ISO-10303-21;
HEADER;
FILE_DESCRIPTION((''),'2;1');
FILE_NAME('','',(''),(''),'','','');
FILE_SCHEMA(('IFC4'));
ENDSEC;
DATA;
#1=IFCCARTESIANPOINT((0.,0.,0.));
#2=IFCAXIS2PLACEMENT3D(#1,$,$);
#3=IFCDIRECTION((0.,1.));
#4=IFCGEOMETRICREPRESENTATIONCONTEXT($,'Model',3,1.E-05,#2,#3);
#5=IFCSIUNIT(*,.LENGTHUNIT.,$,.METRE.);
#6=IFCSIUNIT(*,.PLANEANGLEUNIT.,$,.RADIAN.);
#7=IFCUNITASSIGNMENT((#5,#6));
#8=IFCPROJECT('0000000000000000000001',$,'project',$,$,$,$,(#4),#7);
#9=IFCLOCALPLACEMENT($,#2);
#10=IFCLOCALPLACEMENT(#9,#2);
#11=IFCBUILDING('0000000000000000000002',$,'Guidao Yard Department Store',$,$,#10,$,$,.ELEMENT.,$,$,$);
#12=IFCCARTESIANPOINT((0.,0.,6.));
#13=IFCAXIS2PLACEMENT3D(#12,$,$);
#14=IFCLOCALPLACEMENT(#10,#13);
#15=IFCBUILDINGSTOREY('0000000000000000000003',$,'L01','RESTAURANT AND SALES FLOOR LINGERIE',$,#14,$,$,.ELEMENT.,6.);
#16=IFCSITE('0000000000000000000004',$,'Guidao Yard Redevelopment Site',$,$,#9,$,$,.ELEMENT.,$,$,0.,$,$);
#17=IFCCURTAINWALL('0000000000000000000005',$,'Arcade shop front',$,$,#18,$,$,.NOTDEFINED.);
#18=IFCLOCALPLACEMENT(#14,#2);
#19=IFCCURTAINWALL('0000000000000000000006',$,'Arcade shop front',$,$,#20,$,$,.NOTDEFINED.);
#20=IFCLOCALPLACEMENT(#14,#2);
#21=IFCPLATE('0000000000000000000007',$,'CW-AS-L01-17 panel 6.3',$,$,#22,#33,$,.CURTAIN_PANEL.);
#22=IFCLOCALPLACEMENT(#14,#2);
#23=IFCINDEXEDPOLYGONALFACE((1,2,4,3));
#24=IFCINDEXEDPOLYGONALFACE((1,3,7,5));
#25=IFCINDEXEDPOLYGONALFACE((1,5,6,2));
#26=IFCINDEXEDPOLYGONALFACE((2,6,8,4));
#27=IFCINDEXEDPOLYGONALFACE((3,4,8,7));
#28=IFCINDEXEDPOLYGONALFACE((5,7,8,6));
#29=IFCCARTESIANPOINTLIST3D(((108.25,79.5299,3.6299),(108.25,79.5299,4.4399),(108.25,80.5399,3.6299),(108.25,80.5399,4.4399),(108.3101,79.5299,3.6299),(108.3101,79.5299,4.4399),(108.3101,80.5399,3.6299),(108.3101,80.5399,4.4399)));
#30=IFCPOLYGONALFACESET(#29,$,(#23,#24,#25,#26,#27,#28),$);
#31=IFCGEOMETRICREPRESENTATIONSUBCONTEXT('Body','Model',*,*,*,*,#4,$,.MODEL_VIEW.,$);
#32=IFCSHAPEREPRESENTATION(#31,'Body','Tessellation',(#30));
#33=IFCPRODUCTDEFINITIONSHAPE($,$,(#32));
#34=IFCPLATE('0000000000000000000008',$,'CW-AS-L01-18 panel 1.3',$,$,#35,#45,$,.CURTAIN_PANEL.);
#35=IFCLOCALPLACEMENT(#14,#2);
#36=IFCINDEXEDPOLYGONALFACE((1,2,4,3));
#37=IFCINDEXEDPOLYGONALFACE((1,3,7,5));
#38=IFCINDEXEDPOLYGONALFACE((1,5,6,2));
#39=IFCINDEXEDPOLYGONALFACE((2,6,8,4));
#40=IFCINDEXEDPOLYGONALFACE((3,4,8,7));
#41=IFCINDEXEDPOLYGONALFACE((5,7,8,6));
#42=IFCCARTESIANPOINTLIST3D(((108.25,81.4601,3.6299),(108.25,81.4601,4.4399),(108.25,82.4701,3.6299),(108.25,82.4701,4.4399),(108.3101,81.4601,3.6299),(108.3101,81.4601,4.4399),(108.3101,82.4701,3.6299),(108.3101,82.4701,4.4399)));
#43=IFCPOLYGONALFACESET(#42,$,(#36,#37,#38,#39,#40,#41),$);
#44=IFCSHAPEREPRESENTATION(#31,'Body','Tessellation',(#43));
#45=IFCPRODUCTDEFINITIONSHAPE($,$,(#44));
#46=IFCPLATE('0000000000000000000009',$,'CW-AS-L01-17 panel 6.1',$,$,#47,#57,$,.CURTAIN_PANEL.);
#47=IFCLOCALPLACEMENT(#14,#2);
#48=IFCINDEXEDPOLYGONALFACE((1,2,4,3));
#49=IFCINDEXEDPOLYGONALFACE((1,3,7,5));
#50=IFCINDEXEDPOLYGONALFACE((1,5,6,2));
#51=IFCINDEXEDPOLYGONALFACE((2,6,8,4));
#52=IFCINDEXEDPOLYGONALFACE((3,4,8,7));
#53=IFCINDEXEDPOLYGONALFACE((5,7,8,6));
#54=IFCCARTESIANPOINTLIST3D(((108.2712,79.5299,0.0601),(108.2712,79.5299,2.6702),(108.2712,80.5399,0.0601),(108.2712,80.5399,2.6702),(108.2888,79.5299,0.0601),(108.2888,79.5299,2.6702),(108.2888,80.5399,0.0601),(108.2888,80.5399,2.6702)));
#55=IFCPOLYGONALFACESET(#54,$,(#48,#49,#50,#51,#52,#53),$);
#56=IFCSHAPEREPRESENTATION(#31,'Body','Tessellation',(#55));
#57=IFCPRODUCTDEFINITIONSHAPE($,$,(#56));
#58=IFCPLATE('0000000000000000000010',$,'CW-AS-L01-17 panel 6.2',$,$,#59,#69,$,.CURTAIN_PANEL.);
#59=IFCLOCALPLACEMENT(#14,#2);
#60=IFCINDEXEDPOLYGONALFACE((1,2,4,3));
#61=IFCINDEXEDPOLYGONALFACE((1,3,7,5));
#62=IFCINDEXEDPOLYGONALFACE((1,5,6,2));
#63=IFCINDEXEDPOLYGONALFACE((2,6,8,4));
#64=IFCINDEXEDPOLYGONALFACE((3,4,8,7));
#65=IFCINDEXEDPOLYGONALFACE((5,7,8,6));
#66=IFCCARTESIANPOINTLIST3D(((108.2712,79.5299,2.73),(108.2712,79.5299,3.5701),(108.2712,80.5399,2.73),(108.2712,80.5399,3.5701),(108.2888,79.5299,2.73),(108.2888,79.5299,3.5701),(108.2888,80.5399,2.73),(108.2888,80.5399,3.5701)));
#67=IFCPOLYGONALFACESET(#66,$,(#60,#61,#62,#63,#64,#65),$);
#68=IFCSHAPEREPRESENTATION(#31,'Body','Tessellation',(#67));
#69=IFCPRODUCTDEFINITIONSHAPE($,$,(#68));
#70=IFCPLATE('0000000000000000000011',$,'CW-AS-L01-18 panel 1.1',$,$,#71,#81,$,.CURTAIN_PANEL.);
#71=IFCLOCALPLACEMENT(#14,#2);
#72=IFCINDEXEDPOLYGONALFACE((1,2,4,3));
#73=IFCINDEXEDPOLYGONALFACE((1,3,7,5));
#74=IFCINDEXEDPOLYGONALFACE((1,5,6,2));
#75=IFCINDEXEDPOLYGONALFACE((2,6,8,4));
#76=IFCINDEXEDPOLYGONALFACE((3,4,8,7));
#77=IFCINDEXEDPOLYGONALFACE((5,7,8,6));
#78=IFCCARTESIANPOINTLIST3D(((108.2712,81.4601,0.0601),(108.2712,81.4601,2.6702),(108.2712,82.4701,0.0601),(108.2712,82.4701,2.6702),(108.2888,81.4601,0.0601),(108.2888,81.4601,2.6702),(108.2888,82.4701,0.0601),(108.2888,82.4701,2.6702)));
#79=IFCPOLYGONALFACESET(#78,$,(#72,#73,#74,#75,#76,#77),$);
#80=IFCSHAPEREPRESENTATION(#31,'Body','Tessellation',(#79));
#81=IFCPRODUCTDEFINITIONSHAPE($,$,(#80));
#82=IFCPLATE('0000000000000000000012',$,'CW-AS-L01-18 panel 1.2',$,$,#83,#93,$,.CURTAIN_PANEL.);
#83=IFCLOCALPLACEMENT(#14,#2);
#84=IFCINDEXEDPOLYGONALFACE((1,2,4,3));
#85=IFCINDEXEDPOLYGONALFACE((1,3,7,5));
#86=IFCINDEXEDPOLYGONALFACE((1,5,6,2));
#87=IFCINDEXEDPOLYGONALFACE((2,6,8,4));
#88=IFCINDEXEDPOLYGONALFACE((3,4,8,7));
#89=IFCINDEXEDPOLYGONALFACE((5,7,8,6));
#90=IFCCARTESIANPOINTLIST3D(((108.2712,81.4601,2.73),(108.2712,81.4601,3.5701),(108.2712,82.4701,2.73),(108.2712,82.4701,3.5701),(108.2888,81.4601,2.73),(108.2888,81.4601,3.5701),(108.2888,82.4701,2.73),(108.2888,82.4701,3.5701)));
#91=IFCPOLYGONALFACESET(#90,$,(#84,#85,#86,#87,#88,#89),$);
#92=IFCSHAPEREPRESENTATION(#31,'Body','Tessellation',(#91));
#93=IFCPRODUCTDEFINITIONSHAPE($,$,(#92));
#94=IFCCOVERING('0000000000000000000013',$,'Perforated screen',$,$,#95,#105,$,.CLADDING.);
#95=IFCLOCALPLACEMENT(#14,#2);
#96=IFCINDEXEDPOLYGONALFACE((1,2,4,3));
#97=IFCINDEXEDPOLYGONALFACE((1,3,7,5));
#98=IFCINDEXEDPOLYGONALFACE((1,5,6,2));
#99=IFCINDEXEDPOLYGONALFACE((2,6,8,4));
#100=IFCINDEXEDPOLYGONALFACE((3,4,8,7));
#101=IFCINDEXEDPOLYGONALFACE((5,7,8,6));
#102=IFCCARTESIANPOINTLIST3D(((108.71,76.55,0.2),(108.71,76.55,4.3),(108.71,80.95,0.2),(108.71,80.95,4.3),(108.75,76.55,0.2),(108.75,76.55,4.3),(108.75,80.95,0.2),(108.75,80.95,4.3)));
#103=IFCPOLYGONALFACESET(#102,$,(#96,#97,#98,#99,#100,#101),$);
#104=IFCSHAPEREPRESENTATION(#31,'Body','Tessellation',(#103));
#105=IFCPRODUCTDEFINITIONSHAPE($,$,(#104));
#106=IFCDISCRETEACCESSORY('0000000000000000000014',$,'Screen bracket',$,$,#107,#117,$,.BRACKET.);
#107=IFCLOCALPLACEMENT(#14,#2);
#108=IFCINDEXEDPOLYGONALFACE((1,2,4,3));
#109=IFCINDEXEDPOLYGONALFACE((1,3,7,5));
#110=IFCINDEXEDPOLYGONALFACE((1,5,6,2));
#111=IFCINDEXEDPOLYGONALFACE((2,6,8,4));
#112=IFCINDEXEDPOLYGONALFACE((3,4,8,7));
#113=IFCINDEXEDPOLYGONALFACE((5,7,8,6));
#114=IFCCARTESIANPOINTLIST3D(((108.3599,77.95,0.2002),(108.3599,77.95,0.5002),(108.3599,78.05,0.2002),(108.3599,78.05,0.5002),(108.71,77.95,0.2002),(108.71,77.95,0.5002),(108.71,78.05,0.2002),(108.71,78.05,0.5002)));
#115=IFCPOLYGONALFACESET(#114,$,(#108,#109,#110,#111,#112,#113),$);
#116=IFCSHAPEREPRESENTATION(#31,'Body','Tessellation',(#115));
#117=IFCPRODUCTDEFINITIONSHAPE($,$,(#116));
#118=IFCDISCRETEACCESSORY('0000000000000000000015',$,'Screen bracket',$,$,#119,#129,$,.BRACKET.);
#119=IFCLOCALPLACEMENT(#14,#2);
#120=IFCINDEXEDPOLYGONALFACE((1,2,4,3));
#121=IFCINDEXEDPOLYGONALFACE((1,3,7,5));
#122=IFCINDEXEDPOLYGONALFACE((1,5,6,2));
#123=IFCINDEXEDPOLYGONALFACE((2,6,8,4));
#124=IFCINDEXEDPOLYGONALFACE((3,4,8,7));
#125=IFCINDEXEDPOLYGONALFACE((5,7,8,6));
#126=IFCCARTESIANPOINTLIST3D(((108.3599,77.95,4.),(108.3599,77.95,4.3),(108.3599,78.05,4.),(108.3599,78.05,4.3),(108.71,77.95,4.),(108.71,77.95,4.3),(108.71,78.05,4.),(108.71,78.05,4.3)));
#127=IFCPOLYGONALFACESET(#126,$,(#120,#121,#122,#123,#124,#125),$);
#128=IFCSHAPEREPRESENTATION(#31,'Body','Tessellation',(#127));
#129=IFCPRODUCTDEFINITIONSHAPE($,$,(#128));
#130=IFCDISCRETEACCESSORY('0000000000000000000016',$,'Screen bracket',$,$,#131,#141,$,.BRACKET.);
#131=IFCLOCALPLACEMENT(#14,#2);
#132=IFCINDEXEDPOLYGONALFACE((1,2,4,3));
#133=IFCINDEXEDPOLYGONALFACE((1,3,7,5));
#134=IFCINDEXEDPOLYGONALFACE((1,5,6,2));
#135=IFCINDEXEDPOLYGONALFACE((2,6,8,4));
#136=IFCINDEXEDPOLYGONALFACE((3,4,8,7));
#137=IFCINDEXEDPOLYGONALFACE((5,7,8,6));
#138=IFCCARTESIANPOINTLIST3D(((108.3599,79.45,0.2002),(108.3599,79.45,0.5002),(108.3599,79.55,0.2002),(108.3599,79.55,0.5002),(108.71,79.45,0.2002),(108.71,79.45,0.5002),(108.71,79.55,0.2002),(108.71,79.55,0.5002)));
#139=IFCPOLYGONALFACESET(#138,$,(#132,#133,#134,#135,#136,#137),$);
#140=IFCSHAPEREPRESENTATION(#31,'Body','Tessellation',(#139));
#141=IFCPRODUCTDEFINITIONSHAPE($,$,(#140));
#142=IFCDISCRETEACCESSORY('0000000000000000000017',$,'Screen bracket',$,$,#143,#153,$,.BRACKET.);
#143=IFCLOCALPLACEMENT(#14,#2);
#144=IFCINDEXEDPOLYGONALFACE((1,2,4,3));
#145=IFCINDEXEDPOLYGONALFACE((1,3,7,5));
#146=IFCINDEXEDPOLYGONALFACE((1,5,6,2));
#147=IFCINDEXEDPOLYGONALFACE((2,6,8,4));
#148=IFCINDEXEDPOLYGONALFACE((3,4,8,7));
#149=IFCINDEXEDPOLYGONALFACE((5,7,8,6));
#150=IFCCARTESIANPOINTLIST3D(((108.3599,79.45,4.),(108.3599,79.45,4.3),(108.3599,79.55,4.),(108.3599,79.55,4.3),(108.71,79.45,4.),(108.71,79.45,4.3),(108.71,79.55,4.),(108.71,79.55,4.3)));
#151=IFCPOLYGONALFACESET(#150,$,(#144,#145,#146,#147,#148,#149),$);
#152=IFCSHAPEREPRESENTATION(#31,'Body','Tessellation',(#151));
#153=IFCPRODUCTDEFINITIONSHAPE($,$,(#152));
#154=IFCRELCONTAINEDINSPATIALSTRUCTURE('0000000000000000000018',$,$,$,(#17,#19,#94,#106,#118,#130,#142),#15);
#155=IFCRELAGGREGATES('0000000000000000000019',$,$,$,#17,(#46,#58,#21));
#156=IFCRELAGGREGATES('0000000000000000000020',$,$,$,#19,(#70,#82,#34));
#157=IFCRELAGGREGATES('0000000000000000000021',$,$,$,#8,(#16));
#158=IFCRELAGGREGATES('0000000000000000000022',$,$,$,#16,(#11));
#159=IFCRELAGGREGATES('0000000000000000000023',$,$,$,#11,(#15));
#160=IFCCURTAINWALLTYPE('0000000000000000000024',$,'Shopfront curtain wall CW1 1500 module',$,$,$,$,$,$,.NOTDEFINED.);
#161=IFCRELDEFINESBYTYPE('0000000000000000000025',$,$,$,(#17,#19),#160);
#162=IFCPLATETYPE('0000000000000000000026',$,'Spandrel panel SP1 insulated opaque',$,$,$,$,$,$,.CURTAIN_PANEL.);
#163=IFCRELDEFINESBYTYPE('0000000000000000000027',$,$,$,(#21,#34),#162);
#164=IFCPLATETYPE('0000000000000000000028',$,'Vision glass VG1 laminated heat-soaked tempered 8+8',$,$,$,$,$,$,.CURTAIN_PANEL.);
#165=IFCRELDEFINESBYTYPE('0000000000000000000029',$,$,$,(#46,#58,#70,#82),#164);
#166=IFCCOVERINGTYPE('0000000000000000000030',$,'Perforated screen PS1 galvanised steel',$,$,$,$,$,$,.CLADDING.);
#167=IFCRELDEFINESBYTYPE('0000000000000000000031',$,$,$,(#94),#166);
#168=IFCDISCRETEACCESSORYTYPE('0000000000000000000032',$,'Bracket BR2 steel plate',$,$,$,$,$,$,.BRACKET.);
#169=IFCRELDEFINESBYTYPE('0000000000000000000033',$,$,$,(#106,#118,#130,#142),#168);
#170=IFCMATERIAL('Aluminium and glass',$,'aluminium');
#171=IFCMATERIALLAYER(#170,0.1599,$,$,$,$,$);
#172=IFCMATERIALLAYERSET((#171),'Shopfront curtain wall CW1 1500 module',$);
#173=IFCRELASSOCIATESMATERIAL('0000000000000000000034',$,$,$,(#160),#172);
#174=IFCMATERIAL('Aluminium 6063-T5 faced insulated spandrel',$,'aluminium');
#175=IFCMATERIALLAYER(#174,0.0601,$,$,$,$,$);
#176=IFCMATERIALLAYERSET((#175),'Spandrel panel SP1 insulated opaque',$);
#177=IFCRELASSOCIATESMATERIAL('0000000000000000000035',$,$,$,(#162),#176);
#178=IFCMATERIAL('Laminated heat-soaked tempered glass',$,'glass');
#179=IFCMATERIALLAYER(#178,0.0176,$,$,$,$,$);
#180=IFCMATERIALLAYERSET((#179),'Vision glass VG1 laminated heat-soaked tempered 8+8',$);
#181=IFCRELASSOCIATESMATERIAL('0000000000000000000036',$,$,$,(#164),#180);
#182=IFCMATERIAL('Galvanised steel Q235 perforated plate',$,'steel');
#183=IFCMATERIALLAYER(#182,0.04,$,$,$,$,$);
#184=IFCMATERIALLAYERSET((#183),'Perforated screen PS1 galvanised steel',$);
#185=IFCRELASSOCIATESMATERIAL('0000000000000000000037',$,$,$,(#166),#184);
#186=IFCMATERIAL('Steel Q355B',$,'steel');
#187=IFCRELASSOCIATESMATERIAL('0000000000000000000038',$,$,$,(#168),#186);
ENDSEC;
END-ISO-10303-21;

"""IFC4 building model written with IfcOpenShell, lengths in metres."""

from ifc_helpers import new_model, si_unit, direction, frame, origin, origin_2d, place, context, subcontext, project, spatial, rectangle, extrude, material, layer, layer_set, type_object, element, aggregate, save


model = new_model("IFC4")

# Units and contexts
model_context = context("Model", 3, precision=1e-05, world=origin(), true_north=direction((0.0, 1.0)))
body_context = subcontext(model_context, "Body", "Model", "MODEL_VIEW")
ifc_project = project(units=[si_unit("LENGTHUNIT", "METRE"), si_unit("PLANEANGLEUNIT", "RADIAN")], contexts=[model_context])

# Site, building, storey
site_placement = place(None, origin())
site = spatial("IfcSite", under=ifc_project, at=site_placement, Name="Guidao Yard Redevelopment Site", CompositionType="ELEMENT", RefElevation=0.0)
building_placement = place(site_placement, origin())
building = spatial("IfcBuilding", under=site, at=building_placement, Name="Guidao Yard Department Store", CompositionType="ELEMENT")
storey_placement = place(building_placement, frame((0.0, 0.0, 6.0)))
storey = spatial("IfcBuildingStorey", under=building, at=storey_placement, Name="L01", Description="RESTAURANT AND SALES FLOOR LINGERIE", CompositionType="ELEMENT", Elevation=6.0)

# Curtain wall
ifc_material_1 = material(Name="Aluminium and glass", Category="aluminium")
ifc_layer_1 = layer(ifc_material_1, 0.1599)
ifc_layer_set_1 = layer_set([ifc_layer_1], Name="Shopfront curtain wall CW1 1500 module")
curtain_wall_type = type_object("IfcCurtainWallType", Name="Shopfront curtain wall CW1 1500 module", PredefinedType="NOTDEFINED", material=ifc_layer_set_1)
curtain_wall_1_placement = place(storey_placement, origin())
curtain_wall_1 = element("IfcCurtainWall", 1, at=curtain_wall_1_placement, inside=storey, type_object=curtain_wall_type, Name="Arcade shop front", PredefinedType="NOTDEFINED")

# Curtain wall
curtain_wall_2_placement = place(storey_placement, origin())
curtain_wall_2 = element("IfcCurtainWall", 2, at=curtain_wall_2_placement, inside=storey, type_object=curtain_wall_type, Name="Arcade shop front", PredefinedType="NOTDEFINED")

# Plates
ifc_material_2 = material(Name="Aluminium 6063-T5 faced insulated spandrel", Category="aluminium")
ifc_layer_2 = layer(ifc_material_2, 0.0601)
ifc_layer_set_2 = layer_set([ifc_layer_2], Name="Spandrel panel SP1 insulated opaque")
plate_type_1 = type_object("IfcPlateType", Name="Spandrel panel SP1 insulated opaque", PredefinedType="CURTAIN_PANEL", material=ifc_layer_set_2)
plate_1_placement = place(storey_placement, frame((108.28, 80.0349, 3.6299), z_axis=(0.0, 0.0, 1.0), x_axis=(0.0, -1.0, 0.0)))
plate_1 = element("IfcPlate", 3, at=plate_1_placement, type_object=plate_type_1, Name="CW-AS-L01-17 panel 6.3", PredefinedType="CURTAIN_PANEL", context=body_context, shape_type="SweptSolid", body=[
    extrude(rectangle(XDim=1.01, YDim=0.0601, at=origin_2d()), origin(), (0.0, 0.0, 1.0), 0.8101),
])
plate_2_placement = place(storey_placement, frame((108.28, 81.9651, 3.6299), z_axis=(0.0, 0.0, 1.0), x_axis=(0.0, -1.0, 0.0)))
plate_2 = element("IfcPlate", 4, at=plate_2_placement, type_object=plate_type_1, Name="CW-AS-L01-18 panel 1.3", PredefinedType="CURTAIN_PANEL", context=body_context, shape_type="SweptSolid", body=[
    extrude(rectangle(XDim=1.01, YDim=0.0601, at=origin_2d()), origin(), (0.0, 0.0, 1.0), 0.8101),
])
ifc_material_3 = material(Name="Laminated heat-soaked tempered glass", Category="glass")
ifc_layer_3 = layer(ifc_material_3, 0.0176)
ifc_layer_set_3 = layer_set([ifc_layer_3], Name="Vision glass VG1 laminated heat-soaked tempered 8+8")
plate_type_2 = type_object("IfcPlateType", Name="Vision glass VG1 laminated heat-soaked tempered 8+8", PredefinedType="CURTAIN_PANEL", material=ifc_layer_set_3)
plate_3_placement = place(storey_placement, frame((108.28, 80.0349, 0.0601), z_axis=(0.0, 0.0, 1.0), x_axis=(0.0, -1.0, 0.0)))
plate_3 = element("IfcPlate", 5, at=plate_3_placement, type_object=plate_type_2, Name="CW-AS-L01-17 panel 6.1", PredefinedType="CURTAIN_PANEL", context=body_context, shape_type="SweptSolid", body=[
    extrude(rectangle(XDim=1.01, YDim=0.0176, at=origin_2d()), origin(), (0.0, 0.0, 1.0), 2.6101),
])
plate_4_placement = place(storey_placement, frame((108.28, 80.0349, 2.73), z_axis=(0.0, 0.0, 1.0), x_axis=(0.0, -1.0, 0.0)))
plate_4 = element("IfcPlate", 6, at=plate_4_placement, type_object=plate_type_2, Name="CW-AS-L01-17 panel 6.2", PredefinedType="CURTAIN_PANEL", context=body_context, shape_type="SweptSolid", body=[
    extrude(rectangle(XDim=1.01, YDim=0.0176, at=origin_2d()), origin(), (0.0, 0.0, 1.0), 0.8401),
])
aggregate(curtain_wall_1, [plate_3, plate_4, plate_1])
plate_5_placement = place(storey_placement, frame((108.28, 81.9651, 0.0601), z_axis=(0.0, 0.0, 1.0), x_axis=(0.0, -1.0, 0.0)))
plate_5 = element("IfcPlate", 7, at=plate_5_placement, type_object=plate_type_2, Name="CW-AS-L01-18 panel 1.1", PredefinedType="CURTAIN_PANEL", context=body_context, shape_type="SweptSolid", body=[
    extrude(rectangle(XDim=1.01, YDim=0.0176, at=origin_2d()), origin(), (0.0, 0.0, 1.0), 2.6101),
])
plate_6_placement = place(storey_placement, frame((108.28, 81.9651, 2.73), z_axis=(0.0, 0.0, 1.0), x_axis=(0.0, -1.0, 0.0)))
plate_6 = element("IfcPlate", 8, at=plate_6_placement, type_object=plate_type_2, Name="CW-AS-L01-18 panel 1.2", PredefinedType="CURTAIN_PANEL", context=body_context, shape_type="SweptSolid", body=[
    extrude(rectangle(XDim=1.01, YDim=0.0176, at=origin_2d()), origin(), (0.0, 0.0, 1.0), 0.8401),
])
aggregate(curtain_wall_2, [plate_5, plate_6, plate_2])

# Covering
ifc_material_4 = material(Name="Galvanised steel Q235 perforated plate", Category="steel")
ifc_layer_4 = layer(ifc_material_4, 0.04)
ifc_layer_set_4 = layer_set([ifc_layer_4], Name="Perforated screen PS1 galvanised steel")
covering_type = type_object("IfcCoveringType", Name="Perforated screen PS1 galvanised steel", PredefinedType="CLADDING", material=ifc_layer_set_4)
covering_placement = place(storey_placement, frame((108.73, 78.75, 0.2), z_axis=(0.0, 0.0, 1.0), x_axis=(0.0, -1.0, 0.0)))
element("IfcCovering", 9, at=covering_placement, inside=storey, type_object=covering_type, Name="Perforated screen", PredefinedType="CLADDING", context=body_context, shape_type="SweptSolid", body=[
    extrude(rectangle(XDim=4.3999, YDim=0.04, at=origin_2d()), origin(), (0.0, 0.0, 1.0), 4.1001),
])

# Discrete accessories
ifc_material_5 = material(Name="Steel Q355B", Category="steel")
discrete_accessory_type = type_object("IfcDiscreteAccessoryType", Name="Bracket BR2 steel plate", PredefinedType="BRACKET", material=ifc_material_5)
for number, where, z_axis, x_axis, name in (
    (10, (108.5349, 78.0, 0.2002), (0.0, 0.0, 1.0), (0.0, -1.0, 0.0), "Screen bracket"),
    (11, (108.5349, 78.0, 4.0), (0.0, 0.0, 1.0), (0.0, -1.0, 0.0), "Screen bracket"),
    (12, (108.5349, 79.5, 0.2002), (0.0, 0.0, 1.0), (0.0, -1.0, 0.0), "Screen bracket"),
    (13, (108.5349, 79.5, 4.0), (0.0, 0.0, 1.0), (0.0, -1.0, 0.0), "Screen bracket"),
):
    element("IfcDiscreteAccessory", number, at=place(storey_placement, frame(where, z_axis=z_axis, x_axis=x_axis)), inside=storey, type_object=discrete_accessory_type, Name=name, PredefinedType="BRACKET", context=body_context, shape_type="SweptSolid", body=[
        extrude(rectangle(XDim=0.1001, YDim=0.3501, at=origin_2d()), origin(), (0.0, 0.0, 1.0), 0.3),
    ])

save(model, "model.ifc")
